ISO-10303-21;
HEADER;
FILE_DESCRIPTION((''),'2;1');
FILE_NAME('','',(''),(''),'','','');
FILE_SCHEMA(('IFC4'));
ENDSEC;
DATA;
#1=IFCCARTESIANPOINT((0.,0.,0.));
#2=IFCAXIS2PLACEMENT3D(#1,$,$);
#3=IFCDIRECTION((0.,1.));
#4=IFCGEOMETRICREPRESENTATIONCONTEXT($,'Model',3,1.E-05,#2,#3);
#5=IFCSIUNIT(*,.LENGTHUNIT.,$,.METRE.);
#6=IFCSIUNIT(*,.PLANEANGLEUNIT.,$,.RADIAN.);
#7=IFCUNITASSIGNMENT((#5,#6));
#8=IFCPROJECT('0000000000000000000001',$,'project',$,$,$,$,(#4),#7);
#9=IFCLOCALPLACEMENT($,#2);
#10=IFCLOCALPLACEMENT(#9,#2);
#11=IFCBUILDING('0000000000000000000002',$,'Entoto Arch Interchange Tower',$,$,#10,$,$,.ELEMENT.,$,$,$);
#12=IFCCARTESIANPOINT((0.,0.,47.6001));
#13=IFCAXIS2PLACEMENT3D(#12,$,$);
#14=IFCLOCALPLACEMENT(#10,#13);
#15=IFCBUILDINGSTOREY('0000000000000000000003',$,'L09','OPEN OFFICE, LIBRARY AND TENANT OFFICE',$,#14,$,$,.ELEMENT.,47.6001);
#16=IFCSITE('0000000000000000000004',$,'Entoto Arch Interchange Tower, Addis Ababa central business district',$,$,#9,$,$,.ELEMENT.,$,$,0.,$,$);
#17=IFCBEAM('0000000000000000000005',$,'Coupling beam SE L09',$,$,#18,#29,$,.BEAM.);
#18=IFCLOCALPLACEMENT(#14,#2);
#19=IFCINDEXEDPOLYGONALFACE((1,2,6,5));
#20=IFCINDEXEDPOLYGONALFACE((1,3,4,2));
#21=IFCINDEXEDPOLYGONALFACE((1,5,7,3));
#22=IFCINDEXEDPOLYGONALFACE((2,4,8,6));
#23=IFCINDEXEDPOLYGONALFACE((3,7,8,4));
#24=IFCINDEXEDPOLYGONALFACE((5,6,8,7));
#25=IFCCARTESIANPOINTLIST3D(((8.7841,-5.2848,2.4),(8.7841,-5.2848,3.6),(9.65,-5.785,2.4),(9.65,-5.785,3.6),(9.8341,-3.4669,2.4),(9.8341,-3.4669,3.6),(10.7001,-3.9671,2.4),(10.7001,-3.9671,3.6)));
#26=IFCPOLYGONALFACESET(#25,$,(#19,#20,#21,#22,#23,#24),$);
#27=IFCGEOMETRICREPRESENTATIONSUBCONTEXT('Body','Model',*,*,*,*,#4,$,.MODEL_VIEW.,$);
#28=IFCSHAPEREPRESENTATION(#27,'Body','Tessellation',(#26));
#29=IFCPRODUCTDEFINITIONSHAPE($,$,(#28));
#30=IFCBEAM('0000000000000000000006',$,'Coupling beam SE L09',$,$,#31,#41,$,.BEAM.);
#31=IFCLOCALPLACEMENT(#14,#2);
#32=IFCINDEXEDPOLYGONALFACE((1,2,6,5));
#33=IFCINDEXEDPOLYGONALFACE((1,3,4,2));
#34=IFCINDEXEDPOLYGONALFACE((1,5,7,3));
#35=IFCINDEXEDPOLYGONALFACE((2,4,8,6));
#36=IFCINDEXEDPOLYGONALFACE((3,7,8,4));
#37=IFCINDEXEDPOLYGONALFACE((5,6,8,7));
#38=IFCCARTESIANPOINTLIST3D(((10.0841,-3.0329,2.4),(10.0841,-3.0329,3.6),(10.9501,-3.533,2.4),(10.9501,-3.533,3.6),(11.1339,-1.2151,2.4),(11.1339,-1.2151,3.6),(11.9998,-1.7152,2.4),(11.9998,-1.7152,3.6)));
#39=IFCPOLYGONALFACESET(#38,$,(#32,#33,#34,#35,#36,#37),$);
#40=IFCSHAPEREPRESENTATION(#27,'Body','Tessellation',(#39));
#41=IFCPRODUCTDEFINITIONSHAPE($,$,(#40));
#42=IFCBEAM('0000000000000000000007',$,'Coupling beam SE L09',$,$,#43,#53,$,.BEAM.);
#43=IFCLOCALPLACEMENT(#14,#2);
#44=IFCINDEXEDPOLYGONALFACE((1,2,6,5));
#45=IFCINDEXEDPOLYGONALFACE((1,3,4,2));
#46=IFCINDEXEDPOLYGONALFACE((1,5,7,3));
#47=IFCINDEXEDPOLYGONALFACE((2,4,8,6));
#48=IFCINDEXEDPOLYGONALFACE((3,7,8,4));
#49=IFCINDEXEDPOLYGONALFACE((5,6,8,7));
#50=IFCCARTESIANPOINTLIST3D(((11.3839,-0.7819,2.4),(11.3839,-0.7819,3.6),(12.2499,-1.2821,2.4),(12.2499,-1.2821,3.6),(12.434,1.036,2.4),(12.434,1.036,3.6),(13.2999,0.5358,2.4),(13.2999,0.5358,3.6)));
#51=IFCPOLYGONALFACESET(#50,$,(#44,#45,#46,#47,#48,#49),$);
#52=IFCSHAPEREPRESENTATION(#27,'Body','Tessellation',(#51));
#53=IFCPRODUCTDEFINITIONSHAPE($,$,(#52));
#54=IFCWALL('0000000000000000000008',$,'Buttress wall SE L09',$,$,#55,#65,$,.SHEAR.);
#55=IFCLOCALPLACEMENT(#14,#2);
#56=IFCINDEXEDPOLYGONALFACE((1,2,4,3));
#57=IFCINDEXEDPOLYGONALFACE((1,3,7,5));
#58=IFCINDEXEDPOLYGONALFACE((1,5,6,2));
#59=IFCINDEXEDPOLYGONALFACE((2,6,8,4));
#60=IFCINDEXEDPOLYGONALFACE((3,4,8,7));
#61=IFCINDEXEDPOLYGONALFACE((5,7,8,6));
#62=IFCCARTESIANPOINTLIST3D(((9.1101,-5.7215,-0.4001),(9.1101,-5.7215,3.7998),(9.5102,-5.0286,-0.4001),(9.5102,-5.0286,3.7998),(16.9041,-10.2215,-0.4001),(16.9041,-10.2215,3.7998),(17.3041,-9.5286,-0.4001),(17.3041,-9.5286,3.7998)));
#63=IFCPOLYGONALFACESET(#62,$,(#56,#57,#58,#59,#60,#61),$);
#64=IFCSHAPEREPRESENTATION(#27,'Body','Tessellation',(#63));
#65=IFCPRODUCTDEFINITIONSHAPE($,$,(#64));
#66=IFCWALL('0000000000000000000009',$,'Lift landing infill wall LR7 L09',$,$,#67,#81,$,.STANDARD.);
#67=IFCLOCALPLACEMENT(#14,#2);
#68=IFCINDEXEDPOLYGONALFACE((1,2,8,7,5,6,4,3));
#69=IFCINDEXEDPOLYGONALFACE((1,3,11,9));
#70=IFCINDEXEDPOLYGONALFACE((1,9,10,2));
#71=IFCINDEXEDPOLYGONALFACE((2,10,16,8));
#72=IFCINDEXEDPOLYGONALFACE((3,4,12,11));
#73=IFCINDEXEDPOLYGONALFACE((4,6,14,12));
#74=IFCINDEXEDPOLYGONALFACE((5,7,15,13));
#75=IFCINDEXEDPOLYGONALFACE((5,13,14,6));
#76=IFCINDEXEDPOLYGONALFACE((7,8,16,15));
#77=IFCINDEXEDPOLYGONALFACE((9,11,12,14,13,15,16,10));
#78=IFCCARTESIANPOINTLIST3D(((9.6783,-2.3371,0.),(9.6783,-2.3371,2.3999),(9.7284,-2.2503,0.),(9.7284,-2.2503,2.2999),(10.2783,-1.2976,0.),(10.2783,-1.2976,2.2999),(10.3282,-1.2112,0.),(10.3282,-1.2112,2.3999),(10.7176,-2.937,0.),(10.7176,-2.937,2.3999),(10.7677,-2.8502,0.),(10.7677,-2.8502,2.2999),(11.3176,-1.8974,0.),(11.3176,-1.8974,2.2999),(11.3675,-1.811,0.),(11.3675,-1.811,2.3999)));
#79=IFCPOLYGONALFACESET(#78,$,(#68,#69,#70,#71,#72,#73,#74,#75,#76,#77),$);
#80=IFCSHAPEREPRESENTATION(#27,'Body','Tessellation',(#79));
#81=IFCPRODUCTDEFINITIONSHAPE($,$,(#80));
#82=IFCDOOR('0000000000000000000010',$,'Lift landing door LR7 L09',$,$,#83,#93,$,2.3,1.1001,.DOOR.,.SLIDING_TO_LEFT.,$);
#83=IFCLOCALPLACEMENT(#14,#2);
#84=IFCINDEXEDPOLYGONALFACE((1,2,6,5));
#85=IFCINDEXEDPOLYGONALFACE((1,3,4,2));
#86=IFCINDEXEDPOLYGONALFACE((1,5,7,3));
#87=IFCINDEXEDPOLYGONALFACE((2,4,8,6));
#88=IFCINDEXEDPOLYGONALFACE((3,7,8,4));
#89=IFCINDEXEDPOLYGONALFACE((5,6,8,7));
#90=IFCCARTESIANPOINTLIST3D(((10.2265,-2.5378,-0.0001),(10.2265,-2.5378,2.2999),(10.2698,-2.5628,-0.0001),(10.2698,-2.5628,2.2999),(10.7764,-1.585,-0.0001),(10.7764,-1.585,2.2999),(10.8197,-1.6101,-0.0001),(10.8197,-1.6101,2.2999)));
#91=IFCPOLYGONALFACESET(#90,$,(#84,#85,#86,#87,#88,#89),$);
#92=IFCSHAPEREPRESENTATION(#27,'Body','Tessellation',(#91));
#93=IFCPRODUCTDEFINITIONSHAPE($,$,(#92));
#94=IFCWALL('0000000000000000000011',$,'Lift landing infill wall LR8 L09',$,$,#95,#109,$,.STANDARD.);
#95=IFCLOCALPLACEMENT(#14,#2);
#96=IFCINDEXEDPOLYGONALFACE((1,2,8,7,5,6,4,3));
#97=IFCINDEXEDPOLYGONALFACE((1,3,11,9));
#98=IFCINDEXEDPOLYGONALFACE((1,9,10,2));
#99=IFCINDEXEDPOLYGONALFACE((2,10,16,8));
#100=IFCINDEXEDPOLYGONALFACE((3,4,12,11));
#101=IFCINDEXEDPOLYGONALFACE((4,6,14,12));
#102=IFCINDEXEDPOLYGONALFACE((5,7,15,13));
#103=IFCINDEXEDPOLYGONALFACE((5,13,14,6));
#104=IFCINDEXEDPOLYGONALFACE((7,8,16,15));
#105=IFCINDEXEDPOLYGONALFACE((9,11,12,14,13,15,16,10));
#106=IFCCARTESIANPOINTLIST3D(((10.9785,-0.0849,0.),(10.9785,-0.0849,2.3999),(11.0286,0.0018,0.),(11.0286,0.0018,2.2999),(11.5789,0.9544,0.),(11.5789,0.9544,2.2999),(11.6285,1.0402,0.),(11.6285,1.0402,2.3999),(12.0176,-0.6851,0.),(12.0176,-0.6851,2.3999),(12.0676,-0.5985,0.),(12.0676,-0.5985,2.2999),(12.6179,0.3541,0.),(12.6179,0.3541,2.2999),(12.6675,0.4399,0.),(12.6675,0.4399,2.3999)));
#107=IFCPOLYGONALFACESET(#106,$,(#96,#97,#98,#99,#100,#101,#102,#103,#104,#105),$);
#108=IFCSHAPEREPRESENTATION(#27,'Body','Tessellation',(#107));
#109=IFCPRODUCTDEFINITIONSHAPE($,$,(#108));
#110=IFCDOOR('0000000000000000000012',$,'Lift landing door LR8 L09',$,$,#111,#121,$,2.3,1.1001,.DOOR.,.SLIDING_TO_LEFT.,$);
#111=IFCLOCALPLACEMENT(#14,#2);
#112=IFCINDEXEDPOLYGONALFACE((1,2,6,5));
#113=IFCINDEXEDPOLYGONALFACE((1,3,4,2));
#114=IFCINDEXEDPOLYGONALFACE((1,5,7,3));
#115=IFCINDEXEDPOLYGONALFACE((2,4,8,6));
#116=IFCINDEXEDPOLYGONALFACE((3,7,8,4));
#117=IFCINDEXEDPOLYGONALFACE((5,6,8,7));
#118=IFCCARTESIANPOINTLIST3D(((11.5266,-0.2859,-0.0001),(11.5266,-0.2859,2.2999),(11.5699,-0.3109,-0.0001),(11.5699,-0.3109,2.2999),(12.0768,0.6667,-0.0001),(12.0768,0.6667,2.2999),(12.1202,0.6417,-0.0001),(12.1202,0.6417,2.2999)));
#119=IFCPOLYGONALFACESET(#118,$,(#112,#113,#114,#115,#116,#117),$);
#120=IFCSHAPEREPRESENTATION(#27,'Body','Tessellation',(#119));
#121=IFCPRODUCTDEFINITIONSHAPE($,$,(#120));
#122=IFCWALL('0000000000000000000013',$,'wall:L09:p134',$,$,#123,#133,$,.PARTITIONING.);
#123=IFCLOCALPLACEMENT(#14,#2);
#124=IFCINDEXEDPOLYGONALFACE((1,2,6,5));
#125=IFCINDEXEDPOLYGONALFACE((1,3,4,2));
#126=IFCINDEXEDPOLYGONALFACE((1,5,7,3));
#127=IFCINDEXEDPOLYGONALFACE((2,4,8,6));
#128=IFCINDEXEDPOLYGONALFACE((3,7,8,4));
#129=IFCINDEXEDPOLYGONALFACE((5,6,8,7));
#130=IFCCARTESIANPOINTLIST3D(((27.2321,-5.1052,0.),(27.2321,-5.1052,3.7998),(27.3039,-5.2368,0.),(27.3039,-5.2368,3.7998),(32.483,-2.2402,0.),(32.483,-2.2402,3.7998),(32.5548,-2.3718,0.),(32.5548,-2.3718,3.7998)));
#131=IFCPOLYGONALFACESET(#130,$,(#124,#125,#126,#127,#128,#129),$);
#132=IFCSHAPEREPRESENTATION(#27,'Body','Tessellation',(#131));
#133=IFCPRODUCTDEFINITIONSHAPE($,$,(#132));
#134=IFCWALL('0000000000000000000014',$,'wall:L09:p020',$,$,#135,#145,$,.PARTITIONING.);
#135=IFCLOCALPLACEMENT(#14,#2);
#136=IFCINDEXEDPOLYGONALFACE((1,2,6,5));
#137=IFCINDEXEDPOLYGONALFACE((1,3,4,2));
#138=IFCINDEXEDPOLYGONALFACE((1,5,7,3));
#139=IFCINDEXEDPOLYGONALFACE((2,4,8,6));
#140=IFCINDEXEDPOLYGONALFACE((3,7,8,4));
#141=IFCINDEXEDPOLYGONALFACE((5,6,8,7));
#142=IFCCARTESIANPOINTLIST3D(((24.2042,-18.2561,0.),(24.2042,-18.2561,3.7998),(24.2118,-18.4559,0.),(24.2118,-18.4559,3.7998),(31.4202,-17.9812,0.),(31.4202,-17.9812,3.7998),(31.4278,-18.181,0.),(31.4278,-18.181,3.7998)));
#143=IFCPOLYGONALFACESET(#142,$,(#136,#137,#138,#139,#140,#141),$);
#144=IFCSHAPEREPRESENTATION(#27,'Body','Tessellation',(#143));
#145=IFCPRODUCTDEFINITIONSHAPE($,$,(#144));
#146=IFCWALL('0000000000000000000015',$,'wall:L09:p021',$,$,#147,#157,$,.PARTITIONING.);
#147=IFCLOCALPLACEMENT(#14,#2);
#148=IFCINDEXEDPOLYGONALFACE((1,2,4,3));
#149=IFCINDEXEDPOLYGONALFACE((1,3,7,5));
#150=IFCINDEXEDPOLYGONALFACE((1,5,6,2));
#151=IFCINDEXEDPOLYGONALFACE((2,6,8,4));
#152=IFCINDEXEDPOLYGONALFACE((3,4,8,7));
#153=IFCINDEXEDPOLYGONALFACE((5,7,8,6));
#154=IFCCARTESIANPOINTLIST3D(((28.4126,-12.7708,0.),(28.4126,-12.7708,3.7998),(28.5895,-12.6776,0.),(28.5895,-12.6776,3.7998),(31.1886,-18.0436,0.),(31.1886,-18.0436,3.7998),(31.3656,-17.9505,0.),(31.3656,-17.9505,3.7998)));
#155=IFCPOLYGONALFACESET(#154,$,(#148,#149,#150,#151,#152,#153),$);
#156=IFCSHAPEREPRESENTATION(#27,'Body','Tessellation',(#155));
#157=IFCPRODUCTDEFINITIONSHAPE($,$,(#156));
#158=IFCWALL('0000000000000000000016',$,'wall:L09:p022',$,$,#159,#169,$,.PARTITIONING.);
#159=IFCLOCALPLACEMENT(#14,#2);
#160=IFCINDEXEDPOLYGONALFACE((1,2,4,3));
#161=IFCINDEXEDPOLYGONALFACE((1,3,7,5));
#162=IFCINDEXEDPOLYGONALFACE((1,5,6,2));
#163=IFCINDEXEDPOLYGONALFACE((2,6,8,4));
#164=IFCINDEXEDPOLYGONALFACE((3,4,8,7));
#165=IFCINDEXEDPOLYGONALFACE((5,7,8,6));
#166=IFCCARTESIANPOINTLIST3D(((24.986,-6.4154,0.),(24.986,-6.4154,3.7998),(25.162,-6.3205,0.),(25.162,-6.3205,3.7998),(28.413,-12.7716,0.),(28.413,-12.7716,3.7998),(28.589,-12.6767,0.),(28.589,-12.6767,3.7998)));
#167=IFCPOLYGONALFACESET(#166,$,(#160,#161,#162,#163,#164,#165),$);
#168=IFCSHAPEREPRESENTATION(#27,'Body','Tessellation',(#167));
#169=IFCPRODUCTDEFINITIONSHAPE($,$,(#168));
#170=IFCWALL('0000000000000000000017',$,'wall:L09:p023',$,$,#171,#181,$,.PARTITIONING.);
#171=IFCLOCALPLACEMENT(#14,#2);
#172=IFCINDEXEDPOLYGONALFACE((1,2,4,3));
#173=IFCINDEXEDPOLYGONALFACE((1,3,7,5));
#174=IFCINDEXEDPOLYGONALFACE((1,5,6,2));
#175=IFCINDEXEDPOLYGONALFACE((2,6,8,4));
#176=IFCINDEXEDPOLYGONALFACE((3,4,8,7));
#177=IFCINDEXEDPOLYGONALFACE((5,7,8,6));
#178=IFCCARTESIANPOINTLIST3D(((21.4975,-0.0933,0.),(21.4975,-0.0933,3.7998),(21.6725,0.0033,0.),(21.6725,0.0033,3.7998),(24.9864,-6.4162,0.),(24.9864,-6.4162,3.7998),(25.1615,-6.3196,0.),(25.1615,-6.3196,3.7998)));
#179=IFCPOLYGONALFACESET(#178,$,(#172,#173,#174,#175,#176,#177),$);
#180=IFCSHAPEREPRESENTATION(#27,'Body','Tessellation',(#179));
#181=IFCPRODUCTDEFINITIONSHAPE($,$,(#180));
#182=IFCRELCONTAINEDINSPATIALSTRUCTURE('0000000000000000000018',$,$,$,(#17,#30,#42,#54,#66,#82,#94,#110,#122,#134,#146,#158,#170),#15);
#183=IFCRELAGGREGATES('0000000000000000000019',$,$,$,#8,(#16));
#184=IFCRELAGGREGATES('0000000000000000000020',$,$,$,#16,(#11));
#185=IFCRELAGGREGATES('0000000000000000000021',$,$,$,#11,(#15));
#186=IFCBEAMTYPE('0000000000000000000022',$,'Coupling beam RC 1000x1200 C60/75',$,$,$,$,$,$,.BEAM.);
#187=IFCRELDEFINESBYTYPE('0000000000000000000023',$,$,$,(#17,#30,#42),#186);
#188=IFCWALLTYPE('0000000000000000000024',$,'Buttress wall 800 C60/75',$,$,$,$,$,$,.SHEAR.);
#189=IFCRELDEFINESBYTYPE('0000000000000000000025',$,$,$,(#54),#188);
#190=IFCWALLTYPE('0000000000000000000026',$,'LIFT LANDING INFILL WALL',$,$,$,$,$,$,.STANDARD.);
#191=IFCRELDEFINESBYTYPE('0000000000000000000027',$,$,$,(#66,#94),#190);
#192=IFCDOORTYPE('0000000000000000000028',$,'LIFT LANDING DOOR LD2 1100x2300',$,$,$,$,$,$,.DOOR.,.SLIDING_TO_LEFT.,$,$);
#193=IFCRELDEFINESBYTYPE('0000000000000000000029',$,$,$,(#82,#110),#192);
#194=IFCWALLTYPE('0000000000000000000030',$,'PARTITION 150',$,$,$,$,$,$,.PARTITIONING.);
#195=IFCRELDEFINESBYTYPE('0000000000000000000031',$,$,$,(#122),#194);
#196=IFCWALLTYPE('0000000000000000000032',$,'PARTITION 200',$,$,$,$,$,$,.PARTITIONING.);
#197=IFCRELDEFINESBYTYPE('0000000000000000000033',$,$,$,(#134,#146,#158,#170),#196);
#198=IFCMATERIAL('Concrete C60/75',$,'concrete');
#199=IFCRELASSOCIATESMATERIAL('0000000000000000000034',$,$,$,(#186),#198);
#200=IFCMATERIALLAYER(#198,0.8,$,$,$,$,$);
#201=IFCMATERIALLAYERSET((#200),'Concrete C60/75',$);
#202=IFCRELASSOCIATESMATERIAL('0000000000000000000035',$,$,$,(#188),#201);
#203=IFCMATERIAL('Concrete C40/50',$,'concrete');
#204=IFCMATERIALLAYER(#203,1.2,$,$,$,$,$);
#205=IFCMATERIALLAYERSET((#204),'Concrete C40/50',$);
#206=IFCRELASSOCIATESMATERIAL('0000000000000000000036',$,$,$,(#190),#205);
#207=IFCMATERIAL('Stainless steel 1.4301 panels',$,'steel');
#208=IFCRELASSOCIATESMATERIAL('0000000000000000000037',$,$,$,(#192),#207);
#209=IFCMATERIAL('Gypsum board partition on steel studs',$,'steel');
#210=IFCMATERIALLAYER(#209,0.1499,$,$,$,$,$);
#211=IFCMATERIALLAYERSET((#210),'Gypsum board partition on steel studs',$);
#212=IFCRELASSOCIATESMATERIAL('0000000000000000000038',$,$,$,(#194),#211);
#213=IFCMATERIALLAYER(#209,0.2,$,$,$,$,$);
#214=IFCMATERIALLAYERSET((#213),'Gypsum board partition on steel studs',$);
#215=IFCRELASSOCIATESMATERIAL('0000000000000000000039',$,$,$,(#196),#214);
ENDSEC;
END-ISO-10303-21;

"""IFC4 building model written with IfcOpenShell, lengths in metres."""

from ifc_helpers import new_model, si_unit, direction, frame, frame_2d, origin, origin_2d, place, context, subcontext, project, spatial, rectangle, extrude, material, layer, layer_set, material_profile, profile_set, type_object, element, fill, save


model = new_model("IFC4")

# Units and contexts
model_context = context("Model", 3, precision=1e-05, world=origin(), true_north=direction((0.0, 1.0)))
body_context = subcontext(model_context, "Body", "Model", "MODEL_VIEW")
ifc_project = project(units=[si_unit("LENGTHUNIT", "METRE"), si_unit("PLANEANGLEUNIT", "RADIAN")], contexts=[model_context])

# Site, building, storey
site_placement = place(None, origin())
site = spatial("IfcSite", under=ifc_project, at=site_placement, Name="Entoto Arch Interchange Tower, Addis Ababa central business district", CompositionType="ELEMENT", RefElevation=0.0)
building_placement = place(site_placement, origin())
building = spatial("IfcBuilding", under=site, at=building_placement, Name="Entoto Arch Interchange Tower", CompositionType="ELEMENT")
storey_placement = place(building_placement, frame((0.0, 0.0, 47.6001)))
storey = spatial("IfcBuildingStorey", under=building, at=storey_placement, Name="L09", Description="OPEN OFFICE, LIBRARY AND TENANT OFFICE", CompositionType="ELEMENT", Elevation=47.6001)

# Beams
ifc_material_1 = material(Name="Concrete C60/75", Category="concrete")
ifc_material_profile = material_profile(ifc_material_1, rectangle(XDim=1.0, YDim=1.2, at=origin_2d()))
ifc_profile_set = profile_set([ifc_material_profile], Name="Concrete C60/75")
beam_type = type_object("IfcBeamType", Name="Coupling beam RC 1000x1200 C60/75", PredefinedType="BEAM", material=ifc_profile_set)
beam_1_placement = place(storey_placement, frame((9.217, -5.5349, 3.0), z_axis=(0.500179, 0.865922, 0.0), x_axis=(-0.865922, 0.500179, 0.0)))
element("IfcBeam", 1, at=beam_1_placement, inside=storey, type_object=beam_type, Name="Coupling beam SE L09", PredefinedType="BEAM", context=body_context, shape_type="SweptSolid", body=[
    extrude(rectangle(XDim=1.0, YDim=1.2, at=origin_2d()), origin(), (0.0, 0.0, 1.0), 2.0994),
])
beam_2_placement = place(storey_placement, frame((10.5171, -3.283, 3.0), z_axis=(0.500092, 0.865973, 0.0), x_axis=(-0.865973, 0.500092, 0.0)))
element("IfcBeam", 2, at=beam_2_placement, inside=storey, type_object=beam_type, Name="Coupling beam SE L09", PredefinedType="BEAM", context=body_context, shape_type="SweptSolid", body=[
    extrude(rectangle(XDim=1.0, YDim=1.2, at=origin_2d()), origin(), (0.0, 0.0, 1.0), 2.0991),
])
beam_3_placement = place(storey_placement, frame((11.8169, -1.032, 3.0), z_axis=(0.500179, 0.865922, 0.0), x_axis=(-0.865922, 0.500179, 0.0)))
element("IfcBeam", 3, at=beam_3_placement, inside=storey, type_object=beam_type, Name="Coupling beam SE L09", PredefinedType="BEAM", context=body_context, shape_type="SweptSolid", body=[
    extrude(rectangle(XDim=1.0, YDim=1.2, at=origin_2d()), origin(), (0.0, 0.0, 1.0), 2.0994),
])

# Wall
ifc_layer_1 = layer(ifc_material_1, 0.8)
ifc_layer_set_1 = layer_set([ifc_layer_1], Name="Concrete C60/75")
wall_type_1 = type_object("IfcWallType", Name="Buttress wall 800 C60/75", PredefinedType="SHEAR", material=ifc_layer_set_1)
wall_1_placement = place(storey_placement, frame((9.3101, -5.375, -0.4001), z_axis=(0.0, 0.0, 1.0), x_axis=(0.866018, -0.500014, 0.0)))
element("IfcWall", 4, at=wall_1_placement, inside=storey, type_object=wall_type_1, Name="Buttress wall SE L09", PredefinedType="SHEAR", context=body_context, shape_type="SweptSolid", body=[
    extrude(rectangle(XDim=8.9998, YDim=0.8, at=frame_2d((4.5, 0.0))), origin(), (0.0, 0.0, 1.0), 4.2),
])

# Walls, openings, doors
ifc_material_2 = material(Name="Concrete C40/50", Category="concrete")
ifc_layer_2 = layer(ifc_material_2, 1.2)
ifc_layer_set_2 = layer_set([ifc_layer_2], Name="Concrete C40/50")
wall_type_2 = type_object("IfcWallType", Name="LIFT LANDING INFILL WALL", PredefinedType="STANDARD", material=ifc_layer_set_2)
wall_2_placement = place(storey_placement, frame((10.198, -2.637, 0.0), z_axis=(0.0, 0.0, 1.0), x_axis=(0.499896, 0.866086, 0.0)))
wall_2 = element("IfcWall", 5, at=wall_2_placement, inside=storey, type_object=wall_type_2, Name="Lift landing infill wall LR7 L09", PredefinedType="STANDARD", context=body_context, shape_type="SweptSolid", body=[
    extrude(rectangle(XDim=1.3, YDim=1.2, at=frame_2d((0.6499, 0.0))), origin(), (0.0, 0.0, 1.0), 2.3999),
])
opening_1_placement = place(wall_2_placement, frame((0.1001, 0.0, 0.0)))
opening_1 = element("IfcOpeningElement", 6, at=opening_1_placement, cuts=wall_2, PredefinedType="OPENING", context=body_context, shape_type="SweptSolid", body=[
    extrude(rectangle(XDim=1.1001, YDim=2.3, at=frame_2d((0.55, 1.1499))), frame((0.0, 0.6099, 0.0), z_axis=(0.0, -1.0, 0.0), x_axis=(1.0, 0.0, 0.0)), (0.0, 0.0, 1.0), 1.22),
])
ifc_material_3 = material(Name="Stainless steel 1.4301 panels", Category="steel")
door_type_1 = type_object("IfcDoorType", Name="LIFT LANDING DOOR LD2 1100x2300", OperationType="SLIDING_TO_LEFT", PredefinedType="DOOR", material=ifc_material_3)
door_1_placement = place(opening_1_placement, origin())
door_1 = element("IfcDoor", 7, at=door_1_placement, inside=storey, type_object=door_type_1, Name="Lift landing door LR7 L09", OperationType="SLIDING_TO_LEFT", OverallHeight=2.3, OverallWidth=1.1001, PredefinedType="DOOR", context=body_context, shape_type="SweptSolid", body=[
    extrude(rectangle(XDim=1.1001, YDim=2.3, at=frame_2d((0.55, 1.1499))), frame((0.0, 0.0249, 0.0), z_axis=(0.0, -1.0, 0.0), x_axis=(1.0, 0.0, 0.0)), (0.0, 0.0, 1.0), 0.05),
])
fill(opening_1, door_1)
wall_3_placement = place(storey_placement, frame((11.498, -0.385, 0.0), z_axis=(0.0, 0.0, 1.0), x_axis=(0.500221, 0.865898, 0.0)))
wall_3 = element("IfcWall", 8, at=wall_3_placement, inside=storey, type_object=wall_type_2, Name="Lift landing infill wall LR8 L09", PredefinedType="STANDARD", context=body_context, shape_type="SweptSolid", body=[
    extrude(rectangle(XDim=1.2993, YDim=1.2, at=frame_2d((0.6497, 0.0))), origin(), (0.0, 0.0, 1.0), 2.3999),
])
opening_2_placement = place(wall_3_placement, frame((0.1001, 0.0, 0.0)))
opening_2 = element("IfcOpeningElement", 9, at=opening_2_placement, cuts=wall_3, PredefinedType="OPENING", context=body_context, shape_type="SweptSolid", body=[
    extrude(rectangle(XDim=1.1001, YDim=2.3, at=frame_2d((0.55, 1.1499))), frame((0.0, 0.6099, 0.0), z_axis=(0.0, -1.0, 0.0), x_axis=(1.0, 0.0, 0.0)), (0.0, 0.0, 1.0), 1.22),
])
door_2_placement = place(opening_2_placement, origin())
door_2 = element("IfcDoor", 10, at=door_2_placement, inside=storey, type_object=door_type_1, Name="Lift landing door LR8 L09", OperationType="SLIDING_TO_LEFT", OverallHeight=2.3, OverallWidth=1.1001, PredefinedType="DOOR", context=body_context, shape_type="SweptSolid", body=[
    extrude(rectangle(XDim=1.1001, YDim=2.3, at=frame_2d((0.55, 1.1499))), frame((0.0, 0.0249, 0.0), z_axis=(0.0, -1.0, 0.0), x_axis=(1.0, 0.0, 0.0)), (0.0, 0.0, 1.0), 0.05),
])
fill(opening_2, door_2)

# Walls
ifc_material_4 = material(Name="Gypsum board partition on steel studs", Category="steel")
ifc_layer_3 = layer(ifc_material_4, 0.1499)
ifc_layer_set_3 = layer_set([ifc_layer_3], Name="Gypsum board partition on steel studs")
wall_type_3 = type_object("IfcWallType", Name="PARTITION 150", PredefinedType="PARTITIONING", material=ifc_layer_set_3)
wall_4_placement = place(storey_placement, frame((27.2681, -5.1709, 0.0), z_axis=(0.0, 0.0, 1.0), x_axis=(0.877838, 0.478958, 0.0)))
element("IfcWall", 11, at=wall_4_placement, inside=storey, type_object=wall_type_3, Name="wall:L09:p134", PredefinedType="PARTITIONING", context=body_context, shape_type="SweptSolid", body=[
    extrude(rectangle(XDim=5.9817, YDim=0.1499, at=frame_2d((2.9907, 0.0))), origin(), (0.0, 0.0, 1.0), 3.7998),
])
ifc_layer_4 = layer(ifc_material_4, 0.2)
ifc_layer_set_4 = layer_set([ifc_layer_4], Name="Gypsum board partition on steel studs")
wall_type_4 = type_object("IfcWallType", Name="PARTITION 200", PredefinedType="PARTITIONING", material=ifc_layer_set_4)
wall_5_placement = place(storey_placement, frame((24.208, -18.356, 0.0), z_axis=(0.0, 0.0, 1.0), x_axis=(0.999275, 0.038068, 0.0)))
element("IfcWall", 12, at=wall_5_placement, inside=storey, type_object=wall_type_4, Name="wall:L09:p020", PredefinedType="PARTITIONING", context=body_context, shape_type="SweptSolid", body=[
    extrude(rectangle(XDim=7.2212, YDim=0.2, at=frame_2d((3.6106, 0.0))), origin(), (0.0, 0.0, 1.0), 3.7998),
])
wall_6_placement = place(storey_placement, frame((31.2771, -17.9971, 0.0), z_axis=(0.0, 0.0, 1.0), x_axis=(-0.465863, 0.884857, 0.0)))
element("IfcWall", 13, at=wall_6_placement, inside=storey, type_object=wall_type_4, Name="wall:L09:p021", PredefinedType="PARTITIONING", context=body_context, shape_type="SweptSolid", body=[
    extrude(rectangle(XDim=5.959, YDim=0.2, at=frame_2d((2.9795, 0.0))), origin(), (0.0, 0.0, 1.0), 3.7998),
])
wall_7_placement = place(storey_placement, frame((28.501, -12.7241, 0.0), z_axis=(0.0, 0.0, 1.0), x_axis=(-0.474576, 0.880215, 0.0)))
element("IfcWall", 14, at=wall_7_placement, inside=storey, type_object=wall_type_4, Name="wall:L09:p022", PredefinedType="PARTITIONING", context=body_context, shape_type="SweptSolid", body=[
    extrude(rectangle(XDim=7.2212, YDim=0.2, at=frame_2d((3.6106, 0.0))), origin(), (0.0, 0.0, 1.0), 3.7998),
])
wall_8_placement = place(storey_placement, frame((25.074, -6.3679, 0.0), z_axis=(0.0, 0.0, 1.0), x_axis=(-0.483126, 0.875551, 0.0)))
element("IfcWall", 15, at=wall_8_placement, inside=storey, type_object=wall_type_4, Name="wall:L09:p023", PredefinedType="PARTITIONING", context=body_context, shape_type="SweptSolid", body=[
    extrude(rectangle(XDim=7.2217, YDim=0.2, at=frame_2d((3.6108, 0.0))), origin(), (0.0, 0.0, 1.0), 3.7998),
])

save(model, "model.ifc")
